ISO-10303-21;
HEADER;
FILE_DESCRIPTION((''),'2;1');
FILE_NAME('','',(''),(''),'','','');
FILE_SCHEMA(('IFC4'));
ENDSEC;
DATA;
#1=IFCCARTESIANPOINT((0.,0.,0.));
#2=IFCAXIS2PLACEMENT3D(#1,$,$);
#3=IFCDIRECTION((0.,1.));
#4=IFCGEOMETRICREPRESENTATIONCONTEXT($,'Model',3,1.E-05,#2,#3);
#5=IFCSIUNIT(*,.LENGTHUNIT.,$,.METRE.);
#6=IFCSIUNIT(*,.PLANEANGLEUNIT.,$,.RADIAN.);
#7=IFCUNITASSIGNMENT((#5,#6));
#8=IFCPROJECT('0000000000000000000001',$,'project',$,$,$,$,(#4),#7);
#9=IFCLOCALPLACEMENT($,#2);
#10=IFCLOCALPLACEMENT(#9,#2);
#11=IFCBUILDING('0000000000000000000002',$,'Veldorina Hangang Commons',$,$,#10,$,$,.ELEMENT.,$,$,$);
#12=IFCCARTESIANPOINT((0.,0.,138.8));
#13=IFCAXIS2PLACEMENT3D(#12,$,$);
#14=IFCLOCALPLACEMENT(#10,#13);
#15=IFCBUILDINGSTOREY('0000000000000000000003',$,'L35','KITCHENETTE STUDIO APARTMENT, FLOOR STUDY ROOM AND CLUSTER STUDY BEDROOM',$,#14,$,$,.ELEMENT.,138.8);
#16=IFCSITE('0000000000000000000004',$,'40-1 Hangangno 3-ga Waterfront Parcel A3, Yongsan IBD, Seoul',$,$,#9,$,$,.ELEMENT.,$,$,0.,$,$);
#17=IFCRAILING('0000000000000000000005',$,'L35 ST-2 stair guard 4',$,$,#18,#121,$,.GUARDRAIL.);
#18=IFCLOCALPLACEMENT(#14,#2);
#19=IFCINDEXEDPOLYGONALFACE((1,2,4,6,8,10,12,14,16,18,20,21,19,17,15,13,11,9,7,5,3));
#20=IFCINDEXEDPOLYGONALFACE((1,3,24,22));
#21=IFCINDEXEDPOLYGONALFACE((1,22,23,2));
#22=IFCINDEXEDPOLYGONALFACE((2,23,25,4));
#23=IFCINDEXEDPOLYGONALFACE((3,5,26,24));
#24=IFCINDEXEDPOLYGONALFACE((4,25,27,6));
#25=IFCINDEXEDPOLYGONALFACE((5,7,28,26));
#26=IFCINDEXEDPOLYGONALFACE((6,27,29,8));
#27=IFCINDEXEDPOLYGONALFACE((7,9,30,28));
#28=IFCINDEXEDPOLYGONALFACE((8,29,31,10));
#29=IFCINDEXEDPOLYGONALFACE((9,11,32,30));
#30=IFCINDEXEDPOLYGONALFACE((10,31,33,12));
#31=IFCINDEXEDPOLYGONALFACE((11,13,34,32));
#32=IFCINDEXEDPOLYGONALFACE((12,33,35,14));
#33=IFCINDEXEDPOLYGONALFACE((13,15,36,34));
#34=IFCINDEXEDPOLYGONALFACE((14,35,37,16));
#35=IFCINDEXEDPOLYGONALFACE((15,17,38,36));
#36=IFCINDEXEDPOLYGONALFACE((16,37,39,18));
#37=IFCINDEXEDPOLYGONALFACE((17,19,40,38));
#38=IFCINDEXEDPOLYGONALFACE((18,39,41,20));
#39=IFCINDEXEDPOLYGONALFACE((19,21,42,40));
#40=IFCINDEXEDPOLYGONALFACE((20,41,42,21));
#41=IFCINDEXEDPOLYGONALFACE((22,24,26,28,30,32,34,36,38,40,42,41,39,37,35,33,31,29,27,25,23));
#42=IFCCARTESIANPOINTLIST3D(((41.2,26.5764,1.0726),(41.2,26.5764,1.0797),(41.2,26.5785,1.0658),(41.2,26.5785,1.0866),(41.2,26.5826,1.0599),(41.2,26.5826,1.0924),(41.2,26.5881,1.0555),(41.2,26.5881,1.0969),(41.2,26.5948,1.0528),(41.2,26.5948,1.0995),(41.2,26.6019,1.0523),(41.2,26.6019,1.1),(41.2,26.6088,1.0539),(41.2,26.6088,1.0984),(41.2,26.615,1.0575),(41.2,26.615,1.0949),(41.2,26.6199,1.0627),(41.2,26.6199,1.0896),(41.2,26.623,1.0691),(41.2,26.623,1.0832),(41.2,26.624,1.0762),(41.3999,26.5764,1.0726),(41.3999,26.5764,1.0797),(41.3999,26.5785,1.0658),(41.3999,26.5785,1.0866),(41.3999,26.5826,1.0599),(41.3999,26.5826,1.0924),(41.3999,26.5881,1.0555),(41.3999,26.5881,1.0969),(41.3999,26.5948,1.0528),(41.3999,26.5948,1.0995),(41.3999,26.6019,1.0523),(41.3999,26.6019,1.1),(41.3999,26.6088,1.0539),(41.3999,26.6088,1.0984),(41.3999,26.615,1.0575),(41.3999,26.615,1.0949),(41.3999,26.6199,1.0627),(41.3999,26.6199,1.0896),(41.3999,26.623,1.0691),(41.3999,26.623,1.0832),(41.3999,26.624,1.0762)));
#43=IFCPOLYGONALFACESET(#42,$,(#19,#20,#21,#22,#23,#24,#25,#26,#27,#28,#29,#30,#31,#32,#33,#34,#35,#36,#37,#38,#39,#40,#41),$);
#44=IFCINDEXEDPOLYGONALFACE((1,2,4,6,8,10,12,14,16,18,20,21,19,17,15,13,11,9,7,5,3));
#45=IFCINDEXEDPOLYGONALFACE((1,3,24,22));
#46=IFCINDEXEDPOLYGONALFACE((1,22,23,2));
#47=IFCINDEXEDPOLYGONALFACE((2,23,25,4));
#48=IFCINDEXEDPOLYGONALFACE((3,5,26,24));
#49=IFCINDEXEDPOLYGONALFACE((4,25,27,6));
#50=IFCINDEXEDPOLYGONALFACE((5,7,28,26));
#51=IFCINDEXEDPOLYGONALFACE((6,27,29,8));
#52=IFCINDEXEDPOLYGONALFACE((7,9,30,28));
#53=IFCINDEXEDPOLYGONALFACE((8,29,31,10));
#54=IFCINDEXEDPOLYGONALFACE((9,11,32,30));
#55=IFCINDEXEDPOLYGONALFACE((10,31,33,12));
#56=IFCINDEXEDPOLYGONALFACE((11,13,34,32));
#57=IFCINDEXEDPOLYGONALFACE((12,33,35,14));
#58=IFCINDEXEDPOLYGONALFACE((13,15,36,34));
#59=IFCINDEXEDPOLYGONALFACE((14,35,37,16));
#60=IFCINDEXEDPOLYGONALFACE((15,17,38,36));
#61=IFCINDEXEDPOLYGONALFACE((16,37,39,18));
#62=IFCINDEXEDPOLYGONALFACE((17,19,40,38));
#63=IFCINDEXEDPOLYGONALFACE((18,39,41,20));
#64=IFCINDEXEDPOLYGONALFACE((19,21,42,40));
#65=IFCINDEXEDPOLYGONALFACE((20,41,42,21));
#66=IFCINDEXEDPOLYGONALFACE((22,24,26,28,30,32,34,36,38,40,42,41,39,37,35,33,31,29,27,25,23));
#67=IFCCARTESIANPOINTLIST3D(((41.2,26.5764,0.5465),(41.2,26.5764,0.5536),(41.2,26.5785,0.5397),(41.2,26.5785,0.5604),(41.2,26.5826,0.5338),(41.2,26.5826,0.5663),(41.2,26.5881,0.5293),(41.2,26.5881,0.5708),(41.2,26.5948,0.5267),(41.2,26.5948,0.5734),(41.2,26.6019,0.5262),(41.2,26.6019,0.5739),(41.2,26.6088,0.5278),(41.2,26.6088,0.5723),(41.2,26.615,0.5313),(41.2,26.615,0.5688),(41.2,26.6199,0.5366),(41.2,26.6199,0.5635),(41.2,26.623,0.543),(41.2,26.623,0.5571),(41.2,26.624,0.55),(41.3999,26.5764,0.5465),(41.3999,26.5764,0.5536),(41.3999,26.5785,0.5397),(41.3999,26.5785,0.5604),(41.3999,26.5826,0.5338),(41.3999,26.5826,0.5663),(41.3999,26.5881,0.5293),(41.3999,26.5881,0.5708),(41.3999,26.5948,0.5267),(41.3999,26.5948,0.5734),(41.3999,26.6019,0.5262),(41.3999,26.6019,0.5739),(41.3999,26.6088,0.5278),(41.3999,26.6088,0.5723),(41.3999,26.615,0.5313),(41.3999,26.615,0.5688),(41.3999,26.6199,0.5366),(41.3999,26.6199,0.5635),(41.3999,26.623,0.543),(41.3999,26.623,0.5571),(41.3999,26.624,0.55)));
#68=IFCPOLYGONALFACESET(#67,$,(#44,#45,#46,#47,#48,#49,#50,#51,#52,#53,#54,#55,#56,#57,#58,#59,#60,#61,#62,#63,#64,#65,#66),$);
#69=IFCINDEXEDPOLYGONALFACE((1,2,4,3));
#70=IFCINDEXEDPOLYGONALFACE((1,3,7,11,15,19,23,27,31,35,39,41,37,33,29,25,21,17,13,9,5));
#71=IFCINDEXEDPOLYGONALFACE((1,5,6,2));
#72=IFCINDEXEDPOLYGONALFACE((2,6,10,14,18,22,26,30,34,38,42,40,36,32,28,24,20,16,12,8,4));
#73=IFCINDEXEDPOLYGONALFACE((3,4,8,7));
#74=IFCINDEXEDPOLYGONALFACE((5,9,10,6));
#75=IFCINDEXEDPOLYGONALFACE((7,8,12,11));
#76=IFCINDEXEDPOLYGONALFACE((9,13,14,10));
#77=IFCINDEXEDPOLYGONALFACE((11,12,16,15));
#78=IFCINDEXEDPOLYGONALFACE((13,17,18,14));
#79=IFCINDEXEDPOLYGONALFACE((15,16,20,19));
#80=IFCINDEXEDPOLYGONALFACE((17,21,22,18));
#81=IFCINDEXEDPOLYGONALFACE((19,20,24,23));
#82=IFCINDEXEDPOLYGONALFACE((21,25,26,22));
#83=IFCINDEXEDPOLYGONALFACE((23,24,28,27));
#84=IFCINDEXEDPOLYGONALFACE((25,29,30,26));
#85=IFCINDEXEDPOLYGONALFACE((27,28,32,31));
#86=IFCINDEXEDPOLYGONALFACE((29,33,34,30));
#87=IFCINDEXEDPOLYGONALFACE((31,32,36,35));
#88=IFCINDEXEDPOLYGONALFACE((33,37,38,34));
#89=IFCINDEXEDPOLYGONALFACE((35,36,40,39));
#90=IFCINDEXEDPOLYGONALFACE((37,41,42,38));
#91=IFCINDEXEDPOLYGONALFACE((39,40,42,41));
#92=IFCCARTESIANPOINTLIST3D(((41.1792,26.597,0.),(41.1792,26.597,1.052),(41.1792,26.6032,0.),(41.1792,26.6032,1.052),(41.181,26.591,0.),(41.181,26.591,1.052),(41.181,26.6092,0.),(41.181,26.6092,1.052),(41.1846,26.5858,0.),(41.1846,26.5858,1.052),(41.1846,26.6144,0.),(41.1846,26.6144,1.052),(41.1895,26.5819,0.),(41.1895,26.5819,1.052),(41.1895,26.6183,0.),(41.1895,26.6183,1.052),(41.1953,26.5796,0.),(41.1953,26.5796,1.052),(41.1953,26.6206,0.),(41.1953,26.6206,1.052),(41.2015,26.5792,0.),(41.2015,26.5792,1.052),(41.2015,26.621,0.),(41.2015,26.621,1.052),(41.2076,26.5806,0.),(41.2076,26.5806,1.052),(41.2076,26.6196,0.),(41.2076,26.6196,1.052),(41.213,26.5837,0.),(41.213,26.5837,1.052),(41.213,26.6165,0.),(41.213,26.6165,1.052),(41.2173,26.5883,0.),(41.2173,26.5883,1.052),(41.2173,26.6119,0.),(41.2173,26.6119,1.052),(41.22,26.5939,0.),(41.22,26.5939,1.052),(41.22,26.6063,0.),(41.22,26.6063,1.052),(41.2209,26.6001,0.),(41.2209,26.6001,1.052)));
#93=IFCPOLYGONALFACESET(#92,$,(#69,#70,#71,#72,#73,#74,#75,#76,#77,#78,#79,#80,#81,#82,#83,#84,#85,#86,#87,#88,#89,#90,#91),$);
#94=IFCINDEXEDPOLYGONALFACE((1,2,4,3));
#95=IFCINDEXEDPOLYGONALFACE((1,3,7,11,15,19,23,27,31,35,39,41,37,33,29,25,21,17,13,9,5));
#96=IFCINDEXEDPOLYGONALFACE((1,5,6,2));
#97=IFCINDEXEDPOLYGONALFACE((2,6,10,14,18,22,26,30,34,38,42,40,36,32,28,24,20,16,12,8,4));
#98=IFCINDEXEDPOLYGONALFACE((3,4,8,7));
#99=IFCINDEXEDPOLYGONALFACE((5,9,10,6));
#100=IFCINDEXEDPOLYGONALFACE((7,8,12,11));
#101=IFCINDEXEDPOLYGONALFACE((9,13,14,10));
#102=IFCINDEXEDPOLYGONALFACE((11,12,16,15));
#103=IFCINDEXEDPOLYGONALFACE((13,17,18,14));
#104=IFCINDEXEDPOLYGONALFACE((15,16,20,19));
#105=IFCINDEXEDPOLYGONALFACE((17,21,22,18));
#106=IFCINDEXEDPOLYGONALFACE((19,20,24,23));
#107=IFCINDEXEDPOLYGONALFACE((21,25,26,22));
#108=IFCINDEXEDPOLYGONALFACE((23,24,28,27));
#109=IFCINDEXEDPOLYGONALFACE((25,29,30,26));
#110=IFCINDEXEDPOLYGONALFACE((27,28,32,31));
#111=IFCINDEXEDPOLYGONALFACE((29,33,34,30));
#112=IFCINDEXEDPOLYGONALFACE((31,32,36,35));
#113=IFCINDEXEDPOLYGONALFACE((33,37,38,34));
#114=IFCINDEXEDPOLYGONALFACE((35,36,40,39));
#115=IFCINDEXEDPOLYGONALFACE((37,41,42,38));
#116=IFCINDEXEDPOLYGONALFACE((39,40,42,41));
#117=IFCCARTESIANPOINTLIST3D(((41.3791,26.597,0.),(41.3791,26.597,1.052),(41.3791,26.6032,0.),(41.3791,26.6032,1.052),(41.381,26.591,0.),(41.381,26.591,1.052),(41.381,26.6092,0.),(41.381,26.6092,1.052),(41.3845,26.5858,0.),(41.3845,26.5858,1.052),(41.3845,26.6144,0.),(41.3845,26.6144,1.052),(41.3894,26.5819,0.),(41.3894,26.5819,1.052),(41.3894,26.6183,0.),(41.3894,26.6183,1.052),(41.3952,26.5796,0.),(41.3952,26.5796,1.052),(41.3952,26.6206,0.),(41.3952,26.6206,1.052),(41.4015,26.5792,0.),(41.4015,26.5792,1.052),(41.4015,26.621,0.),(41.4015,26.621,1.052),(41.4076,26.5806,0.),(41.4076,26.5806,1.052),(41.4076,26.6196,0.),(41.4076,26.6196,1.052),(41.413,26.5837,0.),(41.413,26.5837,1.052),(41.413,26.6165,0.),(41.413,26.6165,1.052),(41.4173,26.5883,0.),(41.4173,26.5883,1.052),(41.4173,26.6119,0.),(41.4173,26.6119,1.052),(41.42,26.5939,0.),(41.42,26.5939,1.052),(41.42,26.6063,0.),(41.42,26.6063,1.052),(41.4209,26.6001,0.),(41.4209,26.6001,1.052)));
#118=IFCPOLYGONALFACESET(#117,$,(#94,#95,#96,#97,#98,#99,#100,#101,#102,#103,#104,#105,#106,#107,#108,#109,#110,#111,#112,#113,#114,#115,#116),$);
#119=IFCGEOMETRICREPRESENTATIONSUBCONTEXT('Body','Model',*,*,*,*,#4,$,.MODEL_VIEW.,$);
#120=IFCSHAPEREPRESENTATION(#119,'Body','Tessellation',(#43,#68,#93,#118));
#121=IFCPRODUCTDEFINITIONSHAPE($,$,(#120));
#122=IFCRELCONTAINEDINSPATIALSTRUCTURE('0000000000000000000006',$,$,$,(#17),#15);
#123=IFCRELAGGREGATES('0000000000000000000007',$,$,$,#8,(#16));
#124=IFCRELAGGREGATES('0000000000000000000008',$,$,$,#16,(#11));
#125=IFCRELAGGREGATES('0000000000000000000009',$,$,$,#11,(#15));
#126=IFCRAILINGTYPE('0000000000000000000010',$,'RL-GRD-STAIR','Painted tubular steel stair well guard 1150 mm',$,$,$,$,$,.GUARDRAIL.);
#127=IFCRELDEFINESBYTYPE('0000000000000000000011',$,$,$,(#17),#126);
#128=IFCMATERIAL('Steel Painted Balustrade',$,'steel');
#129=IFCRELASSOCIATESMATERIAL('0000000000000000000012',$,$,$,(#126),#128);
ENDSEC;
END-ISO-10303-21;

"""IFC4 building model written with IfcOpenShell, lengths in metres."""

from ifc_helpers import new_model, si_unit, direction, frame, origin, origin_2d, place, context, subcontext, project, spatial, circle, extrude, material, type_object, element, save


model = new_model("IFC4")

# Units and contexts
model_context = context("Model", 3, precision=1e-05, world=origin(), true_north=direction((0.0, 1.0)))
body_context = subcontext(model_context, "Body", "Model", "MODEL_VIEW")
ifc_project = project(units=[si_unit("LENGTHUNIT", "METRE"), si_unit("PLANEANGLEUNIT", "RADIAN")], contexts=[model_context])

# Site, building, storey
site_placement = place(None, origin())
site = spatial("IfcSite", under=ifc_project, at=site_placement, Name="40-1 Hangangno 3-ga Waterfront Parcel A3, Yongsan IBD, Seoul", CompositionType="ELEMENT", RefElevation=0.0)
building_placement = place(site_placement, origin())
building = spatial("IfcBuilding", under=site, at=building_placement, Name="Veldorina Hangang Commons", CompositionType="ELEMENT")
storey_placement = place(building_placement, frame((0.0, 0.0, 138.8)))
storey = spatial("IfcBuildingStorey", under=building, at=storey_placement, Name="L35", Description="KITCHENETTE STUDIO APARTMENT, FLOOR STUDY ROOM AND CLUSTER STUDY BEDROOM", CompositionType="ELEMENT", Elevation=138.8)

# Railing
ifc_material_1 = material(Name="Steel Painted Balustrade", Category="steel")
railing_type_1 = type_object("IfcRailingType", Name="RL-GRD-STAIR", Description="Painted tubular steel stair well guard 1150 mm", PredefinedType="GUARDRAIL", material=ifc_material_1)
railing_1_placement = place(storey_placement, frame((41.2, 26.6001, 0.0)))
element("IfcRailing", 1, at=railing_1_placement, inside=storey, type_object=railing_type_1, Name="L35 ST-2 stair guard 4", PredefinedType="GUARDRAIL", context=body_context, shape_type="SweptSolid", body=[
    extrude(circle(Radius=0.0239, at=origin_2d()), frame((0.0, 0.0, 1.0762), z_axis=(1.0, 0.0, 0.0), x_axis=(0.0, 1.0, 0.0)), (0.0, 0.0, 1.0), 0.2),
    extrude(circle(Radius=0.0239, at=origin_2d()), frame((0.0, 0.0, 0.55), z_axis=(1.0, 0.0, 0.0), x_axis=(0.0, 1.0, 0.0)), (0.0, 0.0, 1.0), 0.2),
    extrude(circle(Radius=0.021, at=origin_2d()), origin(), (0.0, 0.0, 1.0), 1.052),
    extrude(circle(Radius=0.021, at=origin_2d()), frame((0.2, 0.0, 0.0)), (0.0, 0.0, 1.0), 1.052),
])

save(model, "model.ifc")
